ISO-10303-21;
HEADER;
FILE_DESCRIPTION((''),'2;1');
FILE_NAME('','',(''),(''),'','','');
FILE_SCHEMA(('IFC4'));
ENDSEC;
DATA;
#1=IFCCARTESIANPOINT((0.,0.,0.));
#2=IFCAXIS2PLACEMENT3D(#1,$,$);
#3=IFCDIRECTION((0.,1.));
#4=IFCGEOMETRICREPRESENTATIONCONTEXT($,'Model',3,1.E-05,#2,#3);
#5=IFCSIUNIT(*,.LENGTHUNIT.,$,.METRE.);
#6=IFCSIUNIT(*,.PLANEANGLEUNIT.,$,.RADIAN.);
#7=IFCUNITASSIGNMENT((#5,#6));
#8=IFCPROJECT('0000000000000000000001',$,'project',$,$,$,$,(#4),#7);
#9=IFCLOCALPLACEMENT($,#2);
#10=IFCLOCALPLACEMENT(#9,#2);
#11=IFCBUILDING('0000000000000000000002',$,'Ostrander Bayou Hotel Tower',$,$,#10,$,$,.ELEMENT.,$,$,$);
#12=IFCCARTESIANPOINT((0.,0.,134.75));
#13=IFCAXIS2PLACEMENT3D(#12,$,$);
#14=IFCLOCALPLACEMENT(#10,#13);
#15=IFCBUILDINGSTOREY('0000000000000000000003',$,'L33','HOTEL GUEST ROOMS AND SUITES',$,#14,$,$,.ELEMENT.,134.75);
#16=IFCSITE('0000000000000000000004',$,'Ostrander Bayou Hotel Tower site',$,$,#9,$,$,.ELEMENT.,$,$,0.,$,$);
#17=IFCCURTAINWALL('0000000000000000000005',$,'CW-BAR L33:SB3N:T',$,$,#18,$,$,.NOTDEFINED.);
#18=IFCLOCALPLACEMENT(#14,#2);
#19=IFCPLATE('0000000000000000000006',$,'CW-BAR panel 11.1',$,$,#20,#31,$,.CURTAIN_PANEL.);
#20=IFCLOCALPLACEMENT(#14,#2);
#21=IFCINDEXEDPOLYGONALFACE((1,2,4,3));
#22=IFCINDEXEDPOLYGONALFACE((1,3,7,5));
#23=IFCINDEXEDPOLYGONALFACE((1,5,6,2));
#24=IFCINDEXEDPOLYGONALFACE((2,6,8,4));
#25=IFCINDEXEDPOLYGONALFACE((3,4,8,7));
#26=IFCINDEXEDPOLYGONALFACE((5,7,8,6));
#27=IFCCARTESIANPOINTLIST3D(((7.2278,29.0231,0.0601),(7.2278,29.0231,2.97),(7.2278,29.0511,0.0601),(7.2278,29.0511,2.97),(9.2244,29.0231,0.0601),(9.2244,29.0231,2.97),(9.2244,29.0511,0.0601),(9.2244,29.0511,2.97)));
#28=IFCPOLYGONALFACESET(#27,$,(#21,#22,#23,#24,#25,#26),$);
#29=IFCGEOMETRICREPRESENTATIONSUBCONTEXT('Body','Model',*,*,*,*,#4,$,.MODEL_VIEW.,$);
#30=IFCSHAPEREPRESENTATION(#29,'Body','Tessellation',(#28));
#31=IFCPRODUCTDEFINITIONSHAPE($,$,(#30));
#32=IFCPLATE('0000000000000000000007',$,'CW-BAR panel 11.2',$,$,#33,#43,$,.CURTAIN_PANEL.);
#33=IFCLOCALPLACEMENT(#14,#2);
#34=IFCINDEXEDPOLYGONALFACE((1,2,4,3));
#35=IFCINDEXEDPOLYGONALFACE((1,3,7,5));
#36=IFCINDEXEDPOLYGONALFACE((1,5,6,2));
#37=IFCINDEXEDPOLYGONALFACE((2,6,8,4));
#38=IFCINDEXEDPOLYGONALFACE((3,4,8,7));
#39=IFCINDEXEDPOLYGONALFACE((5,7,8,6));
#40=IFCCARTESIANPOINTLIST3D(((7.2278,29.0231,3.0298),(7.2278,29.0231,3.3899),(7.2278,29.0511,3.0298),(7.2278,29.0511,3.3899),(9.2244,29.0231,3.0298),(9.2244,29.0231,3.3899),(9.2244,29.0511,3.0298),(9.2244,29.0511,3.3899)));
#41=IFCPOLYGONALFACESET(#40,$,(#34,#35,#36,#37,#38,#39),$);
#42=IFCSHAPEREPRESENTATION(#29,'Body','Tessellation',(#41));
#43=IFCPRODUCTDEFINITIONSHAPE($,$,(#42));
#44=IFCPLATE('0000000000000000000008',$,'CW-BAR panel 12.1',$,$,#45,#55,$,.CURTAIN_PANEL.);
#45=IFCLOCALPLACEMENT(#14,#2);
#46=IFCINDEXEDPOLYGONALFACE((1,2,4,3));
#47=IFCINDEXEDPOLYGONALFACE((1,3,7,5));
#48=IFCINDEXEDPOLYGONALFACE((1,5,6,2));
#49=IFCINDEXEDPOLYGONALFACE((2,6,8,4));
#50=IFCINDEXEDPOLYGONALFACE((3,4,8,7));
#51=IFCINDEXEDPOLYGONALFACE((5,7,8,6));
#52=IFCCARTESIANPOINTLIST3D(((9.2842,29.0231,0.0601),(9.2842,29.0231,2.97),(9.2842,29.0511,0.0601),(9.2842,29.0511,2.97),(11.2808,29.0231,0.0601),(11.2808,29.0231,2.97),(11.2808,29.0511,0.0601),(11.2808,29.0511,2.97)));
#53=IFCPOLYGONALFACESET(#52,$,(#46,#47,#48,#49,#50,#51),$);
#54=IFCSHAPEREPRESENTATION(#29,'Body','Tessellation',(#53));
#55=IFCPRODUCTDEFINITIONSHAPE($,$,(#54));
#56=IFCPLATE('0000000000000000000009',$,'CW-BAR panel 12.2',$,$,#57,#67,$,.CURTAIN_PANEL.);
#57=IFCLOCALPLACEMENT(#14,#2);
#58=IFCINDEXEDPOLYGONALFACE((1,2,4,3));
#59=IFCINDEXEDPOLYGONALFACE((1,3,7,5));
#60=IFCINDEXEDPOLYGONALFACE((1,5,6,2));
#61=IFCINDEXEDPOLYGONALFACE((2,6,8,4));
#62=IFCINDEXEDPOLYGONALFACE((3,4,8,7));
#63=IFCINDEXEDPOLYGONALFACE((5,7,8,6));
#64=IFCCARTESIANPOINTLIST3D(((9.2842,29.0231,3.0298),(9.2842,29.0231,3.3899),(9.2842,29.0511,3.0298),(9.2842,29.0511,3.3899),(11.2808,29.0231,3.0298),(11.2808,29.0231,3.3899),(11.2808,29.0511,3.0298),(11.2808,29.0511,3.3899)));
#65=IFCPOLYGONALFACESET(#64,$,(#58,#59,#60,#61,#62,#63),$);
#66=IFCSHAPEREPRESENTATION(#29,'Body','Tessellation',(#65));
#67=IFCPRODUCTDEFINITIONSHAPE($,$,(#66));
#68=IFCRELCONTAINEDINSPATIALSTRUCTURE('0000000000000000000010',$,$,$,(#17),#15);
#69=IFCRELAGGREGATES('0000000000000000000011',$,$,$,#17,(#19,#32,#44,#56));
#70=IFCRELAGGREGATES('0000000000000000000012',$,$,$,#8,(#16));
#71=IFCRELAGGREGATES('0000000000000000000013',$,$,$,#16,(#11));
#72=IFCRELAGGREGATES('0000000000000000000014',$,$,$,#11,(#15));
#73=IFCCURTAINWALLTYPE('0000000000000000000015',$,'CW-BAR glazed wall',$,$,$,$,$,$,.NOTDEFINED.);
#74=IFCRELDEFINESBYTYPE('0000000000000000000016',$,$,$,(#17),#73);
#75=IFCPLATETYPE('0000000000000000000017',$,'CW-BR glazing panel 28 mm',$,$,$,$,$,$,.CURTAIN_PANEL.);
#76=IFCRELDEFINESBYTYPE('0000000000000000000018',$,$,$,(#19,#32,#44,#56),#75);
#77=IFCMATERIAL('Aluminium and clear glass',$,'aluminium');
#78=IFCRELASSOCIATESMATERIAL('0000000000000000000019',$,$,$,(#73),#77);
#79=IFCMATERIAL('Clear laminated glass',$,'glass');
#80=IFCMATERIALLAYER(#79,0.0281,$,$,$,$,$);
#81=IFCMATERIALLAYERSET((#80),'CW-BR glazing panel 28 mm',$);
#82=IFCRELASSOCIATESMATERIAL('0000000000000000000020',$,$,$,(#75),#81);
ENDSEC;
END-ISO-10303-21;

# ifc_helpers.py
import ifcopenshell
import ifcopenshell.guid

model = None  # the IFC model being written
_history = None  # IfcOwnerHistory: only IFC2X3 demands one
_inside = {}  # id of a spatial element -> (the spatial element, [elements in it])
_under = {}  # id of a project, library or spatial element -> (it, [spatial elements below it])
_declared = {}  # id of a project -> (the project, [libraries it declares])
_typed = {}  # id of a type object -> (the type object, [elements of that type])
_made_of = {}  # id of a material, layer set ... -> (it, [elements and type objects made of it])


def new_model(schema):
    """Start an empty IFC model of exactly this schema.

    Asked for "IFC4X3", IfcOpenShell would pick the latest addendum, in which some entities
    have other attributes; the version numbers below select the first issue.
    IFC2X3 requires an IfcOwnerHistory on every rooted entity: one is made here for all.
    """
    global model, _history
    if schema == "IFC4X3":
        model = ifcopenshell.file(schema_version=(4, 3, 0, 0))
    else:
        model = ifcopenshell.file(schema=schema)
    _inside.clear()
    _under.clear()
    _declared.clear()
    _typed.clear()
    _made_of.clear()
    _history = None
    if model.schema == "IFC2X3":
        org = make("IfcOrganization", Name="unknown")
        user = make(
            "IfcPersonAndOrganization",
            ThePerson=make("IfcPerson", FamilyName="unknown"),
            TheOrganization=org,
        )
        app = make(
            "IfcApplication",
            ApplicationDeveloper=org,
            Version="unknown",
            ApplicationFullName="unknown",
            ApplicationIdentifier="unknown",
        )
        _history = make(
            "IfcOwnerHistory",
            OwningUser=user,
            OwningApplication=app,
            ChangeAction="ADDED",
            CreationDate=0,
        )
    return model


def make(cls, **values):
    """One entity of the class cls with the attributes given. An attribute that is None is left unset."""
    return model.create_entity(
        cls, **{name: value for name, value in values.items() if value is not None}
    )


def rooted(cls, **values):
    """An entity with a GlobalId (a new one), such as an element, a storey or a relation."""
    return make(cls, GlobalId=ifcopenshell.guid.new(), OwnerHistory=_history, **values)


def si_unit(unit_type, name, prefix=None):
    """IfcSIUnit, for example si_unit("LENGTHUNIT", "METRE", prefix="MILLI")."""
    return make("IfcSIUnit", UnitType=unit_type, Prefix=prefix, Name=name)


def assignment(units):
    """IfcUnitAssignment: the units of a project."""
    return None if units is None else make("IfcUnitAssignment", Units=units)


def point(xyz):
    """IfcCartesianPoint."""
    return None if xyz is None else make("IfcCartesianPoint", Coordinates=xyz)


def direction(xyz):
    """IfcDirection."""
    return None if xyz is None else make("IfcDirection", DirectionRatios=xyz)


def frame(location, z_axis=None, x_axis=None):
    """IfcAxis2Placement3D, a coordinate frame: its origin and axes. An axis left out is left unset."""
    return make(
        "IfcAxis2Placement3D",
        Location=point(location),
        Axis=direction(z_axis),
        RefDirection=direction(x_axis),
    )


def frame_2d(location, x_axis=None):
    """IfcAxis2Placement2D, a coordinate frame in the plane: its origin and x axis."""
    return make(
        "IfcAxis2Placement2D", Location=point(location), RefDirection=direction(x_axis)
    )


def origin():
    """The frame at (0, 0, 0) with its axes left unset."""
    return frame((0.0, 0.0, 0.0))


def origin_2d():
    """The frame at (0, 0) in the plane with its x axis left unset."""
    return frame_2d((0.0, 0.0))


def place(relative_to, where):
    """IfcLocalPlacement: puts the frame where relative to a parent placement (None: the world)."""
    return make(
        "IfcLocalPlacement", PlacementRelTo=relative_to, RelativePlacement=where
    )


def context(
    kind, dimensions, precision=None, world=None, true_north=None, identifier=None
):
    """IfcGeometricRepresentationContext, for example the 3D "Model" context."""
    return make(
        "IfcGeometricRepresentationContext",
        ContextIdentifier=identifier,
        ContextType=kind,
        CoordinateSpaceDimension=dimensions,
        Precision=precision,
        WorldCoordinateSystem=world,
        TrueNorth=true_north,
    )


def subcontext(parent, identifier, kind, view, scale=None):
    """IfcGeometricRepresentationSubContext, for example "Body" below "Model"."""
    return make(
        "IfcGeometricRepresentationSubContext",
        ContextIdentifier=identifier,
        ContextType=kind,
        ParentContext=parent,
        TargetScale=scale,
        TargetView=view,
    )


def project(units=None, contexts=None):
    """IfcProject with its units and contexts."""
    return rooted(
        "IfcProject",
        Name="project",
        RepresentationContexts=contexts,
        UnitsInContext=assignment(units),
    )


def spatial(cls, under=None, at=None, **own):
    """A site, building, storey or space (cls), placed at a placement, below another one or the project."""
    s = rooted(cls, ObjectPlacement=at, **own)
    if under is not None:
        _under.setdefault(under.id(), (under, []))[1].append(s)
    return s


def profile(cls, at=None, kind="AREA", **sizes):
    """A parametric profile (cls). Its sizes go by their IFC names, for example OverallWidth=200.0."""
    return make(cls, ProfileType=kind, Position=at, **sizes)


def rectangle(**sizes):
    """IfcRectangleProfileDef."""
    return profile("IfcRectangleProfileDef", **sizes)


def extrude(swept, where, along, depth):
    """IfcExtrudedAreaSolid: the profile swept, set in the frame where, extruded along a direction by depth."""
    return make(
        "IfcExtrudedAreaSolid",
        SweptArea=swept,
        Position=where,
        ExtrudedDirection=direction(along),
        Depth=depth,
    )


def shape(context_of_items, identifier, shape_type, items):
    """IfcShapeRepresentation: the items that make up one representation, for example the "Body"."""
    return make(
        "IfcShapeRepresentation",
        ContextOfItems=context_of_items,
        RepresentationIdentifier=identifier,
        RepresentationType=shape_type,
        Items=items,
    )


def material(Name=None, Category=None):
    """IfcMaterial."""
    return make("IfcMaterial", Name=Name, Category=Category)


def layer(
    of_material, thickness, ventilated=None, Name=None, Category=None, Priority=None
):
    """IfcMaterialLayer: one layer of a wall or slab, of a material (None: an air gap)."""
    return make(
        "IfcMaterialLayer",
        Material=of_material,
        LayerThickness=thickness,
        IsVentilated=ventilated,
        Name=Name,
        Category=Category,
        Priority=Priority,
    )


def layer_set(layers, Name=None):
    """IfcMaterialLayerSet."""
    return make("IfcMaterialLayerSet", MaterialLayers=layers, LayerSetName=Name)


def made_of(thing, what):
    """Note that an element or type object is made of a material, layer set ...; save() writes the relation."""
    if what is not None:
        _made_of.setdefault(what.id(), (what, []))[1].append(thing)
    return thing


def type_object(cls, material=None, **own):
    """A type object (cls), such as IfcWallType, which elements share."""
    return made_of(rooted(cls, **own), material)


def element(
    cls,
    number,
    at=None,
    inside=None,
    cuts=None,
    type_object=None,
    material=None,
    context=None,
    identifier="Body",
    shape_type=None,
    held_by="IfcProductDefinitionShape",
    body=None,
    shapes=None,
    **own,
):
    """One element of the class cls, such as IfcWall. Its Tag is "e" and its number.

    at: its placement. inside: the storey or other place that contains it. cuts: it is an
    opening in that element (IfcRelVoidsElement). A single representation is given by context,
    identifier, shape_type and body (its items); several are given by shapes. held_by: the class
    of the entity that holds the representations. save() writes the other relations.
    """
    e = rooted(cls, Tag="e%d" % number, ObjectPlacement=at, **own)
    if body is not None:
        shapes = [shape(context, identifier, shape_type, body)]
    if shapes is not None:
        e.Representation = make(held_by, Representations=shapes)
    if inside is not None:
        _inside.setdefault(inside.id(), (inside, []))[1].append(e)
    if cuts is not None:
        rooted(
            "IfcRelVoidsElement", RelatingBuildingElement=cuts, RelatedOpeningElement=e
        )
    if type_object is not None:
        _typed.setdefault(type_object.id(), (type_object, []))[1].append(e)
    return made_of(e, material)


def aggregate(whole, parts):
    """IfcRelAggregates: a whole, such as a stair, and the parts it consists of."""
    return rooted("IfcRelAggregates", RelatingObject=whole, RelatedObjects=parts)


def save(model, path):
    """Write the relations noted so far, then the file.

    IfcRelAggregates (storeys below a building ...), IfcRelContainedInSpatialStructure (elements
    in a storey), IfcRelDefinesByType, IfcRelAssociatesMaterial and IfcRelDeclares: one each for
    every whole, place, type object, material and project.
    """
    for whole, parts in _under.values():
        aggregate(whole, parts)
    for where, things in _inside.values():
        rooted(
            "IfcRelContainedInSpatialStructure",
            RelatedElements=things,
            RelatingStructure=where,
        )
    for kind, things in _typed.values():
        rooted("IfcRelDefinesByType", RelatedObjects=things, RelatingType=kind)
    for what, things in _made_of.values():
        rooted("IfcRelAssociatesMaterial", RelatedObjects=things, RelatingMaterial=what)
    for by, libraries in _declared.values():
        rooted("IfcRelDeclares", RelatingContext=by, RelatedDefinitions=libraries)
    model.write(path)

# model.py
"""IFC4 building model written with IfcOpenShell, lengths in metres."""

from ifc_helpers import new_model, si_unit, direction, frame, origin, origin_2d, place, context, subcontext, project, spatial, rectangle, extrude, material, layer, layer_set, type_object, element, aggregate, save


model = new_model("IFC4")

# Units and contexts
model_context = context("Model", 3, precision=1e-05, world=origin(), true_north=direction((0.0, 1.0)))
body_context = subcontext(model_context, "Body", "Model", "MODEL_VIEW")
ifc_project = project(units=[si_unit("LENGTHUNIT", "METRE"), si_unit("PLANEANGLEUNIT", "RADIAN")], contexts=[model_context])

# Site, building, storey
site_placement = place(None, origin())
site = spatial("IfcSite", under=ifc_project, at=site_placement, Name="Ostrander Bayou Hotel Tower site", CompositionType="ELEMENT", RefElevation=0.0)
building_placement = place(site_placement, origin())
building = spatial("IfcBuilding", under=site, at=building_placement, Name="Ostrander Bayou Hotel Tower", CompositionType="ELEMENT")
storey_placement = place(building_placement, frame((0.0, 0.0, 134.75)))
storey = spatial("IfcBuildingStorey", under=building, at=storey_placement, Name="L33", Description="HOTEL GUEST ROOMS AND SUITES", CompositionType="ELEMENT", Elevation=134.75)

# Curtain wall, plates
ifc_material_1 = material(Name="Aluminium and clear glass", Category="aluminium")
curtain_wall_type = type_object("IfcCurtainWallType", Name="CW-BAR glazed wall", PredefinedType="NOTDEFINED", material=ifc_material_1)
curtain_wall_placement = place(storey_placement, origin())
curtain_wall = element("IfcCurtainWall", 1, at=curtain_wall_placement, inside=storey, type_object=curtain_wall_type, Name="CW-BAR L33:SB3N:T", PredefinedType="NOTDEFINED")
ifc_material_2 = material(Name="Clear laminated glass", Category="glass")
ifc_layer_1 = layer(ifc_material_2, 0.0281)
ifc_layer_set_1 = layer_set([ifc_layer_1], Name="CW-BR glazing panel 28 mm")
plate_type = type_object("IfcPlateType", Name="CW-BR glazing panel 28 mm", PredefinedType="CURTAIN_PANEL", material=ifc_layer_set_1)
plate_1_placement = place(storey_placement, frame((8.2261, 29.0371, 0.0601), z_axis=(0.0, 0.0, 1.0), x_axis=(1.0, 0.0, 0.0)))
plate_1 = element("IfcPlate", 2, at=plate_1_placement, type_object=plate_type, Name="CW-BAR panel 11.1", PredefinedType="CURTAIN_PANEL", context=body_context, shape_type="SweptSolid", body=[
    extrude(rectangle(XDim=1.9966, YDim=0.0281, at=origin_2d()), origin(), (0.0, 0.0, 1.0), 2.9099),
])
plate_2_placement = place(storey_placement, frame((8.2261, 29.0371, 3.0298), z_axis=(0.0, 0.0, 1.0), x_axis=(1.0, 0.0, 0.0)))
plate_2 = element("IfcPlate", 3, at=plate_2_placement, type_object=plate_type, Name="CW-BAR panel 11.2", PredefinedType="CURTAIN_PANEL", context=body_context, shape_type="SweptSolid", body=[
    extrude(rectangle(XDim=1.9966, YDim=0.0281, at=origin_2d()), origin(), (0.0, 0.0, 1.0), 0.3601),
])
plate_3_placement = place(storey_placement, frame((10.2825, 29.0371, 0.0601), z_axis=(0.0, 0.0, 1.0), x_axis=(1.0, 0.0, 0.0)))
plate_3 = element("IfcPlate", 4, at=plate_3_placement, type_object=plate_type, Name="CW-BAR panel 12.1", PredefinedType="CURTAIN_PANEL", context=body_context, shape_type="SweptSolid", body=[
    extrude(rectangle(XDim=1.9966, YDim=0.0281, at=origin_2d()), origin(), (0.0, 0.0, 1.0), 2.9099),
])
plate_4_placement = place(storey_placement, frame((10.2825, 29.0371, 3.0298), z_axis=(0.0, 0.0, 1.0), x_axis=(1.0, 0.0, 0.0)))
plate_4 = element("IfcPlate", 5, at=plate_4_placement, type_object=plate_type, Name="CW-BAR panel 12.2", PredefinedType="CURTAIN_PANEL", context=body_context, shape_type="SweptSolid", body=[
    extrude(rectangle(XDim=1.9966, YDim=0.0281, at=origin_2d()), origin(), (0.0, 0.0, 1.0), 0.3601),
])
aggregate(curtain_wall, [plate_1, plate_2, plate_3, plate_4])

save(model, "model.ifc")
